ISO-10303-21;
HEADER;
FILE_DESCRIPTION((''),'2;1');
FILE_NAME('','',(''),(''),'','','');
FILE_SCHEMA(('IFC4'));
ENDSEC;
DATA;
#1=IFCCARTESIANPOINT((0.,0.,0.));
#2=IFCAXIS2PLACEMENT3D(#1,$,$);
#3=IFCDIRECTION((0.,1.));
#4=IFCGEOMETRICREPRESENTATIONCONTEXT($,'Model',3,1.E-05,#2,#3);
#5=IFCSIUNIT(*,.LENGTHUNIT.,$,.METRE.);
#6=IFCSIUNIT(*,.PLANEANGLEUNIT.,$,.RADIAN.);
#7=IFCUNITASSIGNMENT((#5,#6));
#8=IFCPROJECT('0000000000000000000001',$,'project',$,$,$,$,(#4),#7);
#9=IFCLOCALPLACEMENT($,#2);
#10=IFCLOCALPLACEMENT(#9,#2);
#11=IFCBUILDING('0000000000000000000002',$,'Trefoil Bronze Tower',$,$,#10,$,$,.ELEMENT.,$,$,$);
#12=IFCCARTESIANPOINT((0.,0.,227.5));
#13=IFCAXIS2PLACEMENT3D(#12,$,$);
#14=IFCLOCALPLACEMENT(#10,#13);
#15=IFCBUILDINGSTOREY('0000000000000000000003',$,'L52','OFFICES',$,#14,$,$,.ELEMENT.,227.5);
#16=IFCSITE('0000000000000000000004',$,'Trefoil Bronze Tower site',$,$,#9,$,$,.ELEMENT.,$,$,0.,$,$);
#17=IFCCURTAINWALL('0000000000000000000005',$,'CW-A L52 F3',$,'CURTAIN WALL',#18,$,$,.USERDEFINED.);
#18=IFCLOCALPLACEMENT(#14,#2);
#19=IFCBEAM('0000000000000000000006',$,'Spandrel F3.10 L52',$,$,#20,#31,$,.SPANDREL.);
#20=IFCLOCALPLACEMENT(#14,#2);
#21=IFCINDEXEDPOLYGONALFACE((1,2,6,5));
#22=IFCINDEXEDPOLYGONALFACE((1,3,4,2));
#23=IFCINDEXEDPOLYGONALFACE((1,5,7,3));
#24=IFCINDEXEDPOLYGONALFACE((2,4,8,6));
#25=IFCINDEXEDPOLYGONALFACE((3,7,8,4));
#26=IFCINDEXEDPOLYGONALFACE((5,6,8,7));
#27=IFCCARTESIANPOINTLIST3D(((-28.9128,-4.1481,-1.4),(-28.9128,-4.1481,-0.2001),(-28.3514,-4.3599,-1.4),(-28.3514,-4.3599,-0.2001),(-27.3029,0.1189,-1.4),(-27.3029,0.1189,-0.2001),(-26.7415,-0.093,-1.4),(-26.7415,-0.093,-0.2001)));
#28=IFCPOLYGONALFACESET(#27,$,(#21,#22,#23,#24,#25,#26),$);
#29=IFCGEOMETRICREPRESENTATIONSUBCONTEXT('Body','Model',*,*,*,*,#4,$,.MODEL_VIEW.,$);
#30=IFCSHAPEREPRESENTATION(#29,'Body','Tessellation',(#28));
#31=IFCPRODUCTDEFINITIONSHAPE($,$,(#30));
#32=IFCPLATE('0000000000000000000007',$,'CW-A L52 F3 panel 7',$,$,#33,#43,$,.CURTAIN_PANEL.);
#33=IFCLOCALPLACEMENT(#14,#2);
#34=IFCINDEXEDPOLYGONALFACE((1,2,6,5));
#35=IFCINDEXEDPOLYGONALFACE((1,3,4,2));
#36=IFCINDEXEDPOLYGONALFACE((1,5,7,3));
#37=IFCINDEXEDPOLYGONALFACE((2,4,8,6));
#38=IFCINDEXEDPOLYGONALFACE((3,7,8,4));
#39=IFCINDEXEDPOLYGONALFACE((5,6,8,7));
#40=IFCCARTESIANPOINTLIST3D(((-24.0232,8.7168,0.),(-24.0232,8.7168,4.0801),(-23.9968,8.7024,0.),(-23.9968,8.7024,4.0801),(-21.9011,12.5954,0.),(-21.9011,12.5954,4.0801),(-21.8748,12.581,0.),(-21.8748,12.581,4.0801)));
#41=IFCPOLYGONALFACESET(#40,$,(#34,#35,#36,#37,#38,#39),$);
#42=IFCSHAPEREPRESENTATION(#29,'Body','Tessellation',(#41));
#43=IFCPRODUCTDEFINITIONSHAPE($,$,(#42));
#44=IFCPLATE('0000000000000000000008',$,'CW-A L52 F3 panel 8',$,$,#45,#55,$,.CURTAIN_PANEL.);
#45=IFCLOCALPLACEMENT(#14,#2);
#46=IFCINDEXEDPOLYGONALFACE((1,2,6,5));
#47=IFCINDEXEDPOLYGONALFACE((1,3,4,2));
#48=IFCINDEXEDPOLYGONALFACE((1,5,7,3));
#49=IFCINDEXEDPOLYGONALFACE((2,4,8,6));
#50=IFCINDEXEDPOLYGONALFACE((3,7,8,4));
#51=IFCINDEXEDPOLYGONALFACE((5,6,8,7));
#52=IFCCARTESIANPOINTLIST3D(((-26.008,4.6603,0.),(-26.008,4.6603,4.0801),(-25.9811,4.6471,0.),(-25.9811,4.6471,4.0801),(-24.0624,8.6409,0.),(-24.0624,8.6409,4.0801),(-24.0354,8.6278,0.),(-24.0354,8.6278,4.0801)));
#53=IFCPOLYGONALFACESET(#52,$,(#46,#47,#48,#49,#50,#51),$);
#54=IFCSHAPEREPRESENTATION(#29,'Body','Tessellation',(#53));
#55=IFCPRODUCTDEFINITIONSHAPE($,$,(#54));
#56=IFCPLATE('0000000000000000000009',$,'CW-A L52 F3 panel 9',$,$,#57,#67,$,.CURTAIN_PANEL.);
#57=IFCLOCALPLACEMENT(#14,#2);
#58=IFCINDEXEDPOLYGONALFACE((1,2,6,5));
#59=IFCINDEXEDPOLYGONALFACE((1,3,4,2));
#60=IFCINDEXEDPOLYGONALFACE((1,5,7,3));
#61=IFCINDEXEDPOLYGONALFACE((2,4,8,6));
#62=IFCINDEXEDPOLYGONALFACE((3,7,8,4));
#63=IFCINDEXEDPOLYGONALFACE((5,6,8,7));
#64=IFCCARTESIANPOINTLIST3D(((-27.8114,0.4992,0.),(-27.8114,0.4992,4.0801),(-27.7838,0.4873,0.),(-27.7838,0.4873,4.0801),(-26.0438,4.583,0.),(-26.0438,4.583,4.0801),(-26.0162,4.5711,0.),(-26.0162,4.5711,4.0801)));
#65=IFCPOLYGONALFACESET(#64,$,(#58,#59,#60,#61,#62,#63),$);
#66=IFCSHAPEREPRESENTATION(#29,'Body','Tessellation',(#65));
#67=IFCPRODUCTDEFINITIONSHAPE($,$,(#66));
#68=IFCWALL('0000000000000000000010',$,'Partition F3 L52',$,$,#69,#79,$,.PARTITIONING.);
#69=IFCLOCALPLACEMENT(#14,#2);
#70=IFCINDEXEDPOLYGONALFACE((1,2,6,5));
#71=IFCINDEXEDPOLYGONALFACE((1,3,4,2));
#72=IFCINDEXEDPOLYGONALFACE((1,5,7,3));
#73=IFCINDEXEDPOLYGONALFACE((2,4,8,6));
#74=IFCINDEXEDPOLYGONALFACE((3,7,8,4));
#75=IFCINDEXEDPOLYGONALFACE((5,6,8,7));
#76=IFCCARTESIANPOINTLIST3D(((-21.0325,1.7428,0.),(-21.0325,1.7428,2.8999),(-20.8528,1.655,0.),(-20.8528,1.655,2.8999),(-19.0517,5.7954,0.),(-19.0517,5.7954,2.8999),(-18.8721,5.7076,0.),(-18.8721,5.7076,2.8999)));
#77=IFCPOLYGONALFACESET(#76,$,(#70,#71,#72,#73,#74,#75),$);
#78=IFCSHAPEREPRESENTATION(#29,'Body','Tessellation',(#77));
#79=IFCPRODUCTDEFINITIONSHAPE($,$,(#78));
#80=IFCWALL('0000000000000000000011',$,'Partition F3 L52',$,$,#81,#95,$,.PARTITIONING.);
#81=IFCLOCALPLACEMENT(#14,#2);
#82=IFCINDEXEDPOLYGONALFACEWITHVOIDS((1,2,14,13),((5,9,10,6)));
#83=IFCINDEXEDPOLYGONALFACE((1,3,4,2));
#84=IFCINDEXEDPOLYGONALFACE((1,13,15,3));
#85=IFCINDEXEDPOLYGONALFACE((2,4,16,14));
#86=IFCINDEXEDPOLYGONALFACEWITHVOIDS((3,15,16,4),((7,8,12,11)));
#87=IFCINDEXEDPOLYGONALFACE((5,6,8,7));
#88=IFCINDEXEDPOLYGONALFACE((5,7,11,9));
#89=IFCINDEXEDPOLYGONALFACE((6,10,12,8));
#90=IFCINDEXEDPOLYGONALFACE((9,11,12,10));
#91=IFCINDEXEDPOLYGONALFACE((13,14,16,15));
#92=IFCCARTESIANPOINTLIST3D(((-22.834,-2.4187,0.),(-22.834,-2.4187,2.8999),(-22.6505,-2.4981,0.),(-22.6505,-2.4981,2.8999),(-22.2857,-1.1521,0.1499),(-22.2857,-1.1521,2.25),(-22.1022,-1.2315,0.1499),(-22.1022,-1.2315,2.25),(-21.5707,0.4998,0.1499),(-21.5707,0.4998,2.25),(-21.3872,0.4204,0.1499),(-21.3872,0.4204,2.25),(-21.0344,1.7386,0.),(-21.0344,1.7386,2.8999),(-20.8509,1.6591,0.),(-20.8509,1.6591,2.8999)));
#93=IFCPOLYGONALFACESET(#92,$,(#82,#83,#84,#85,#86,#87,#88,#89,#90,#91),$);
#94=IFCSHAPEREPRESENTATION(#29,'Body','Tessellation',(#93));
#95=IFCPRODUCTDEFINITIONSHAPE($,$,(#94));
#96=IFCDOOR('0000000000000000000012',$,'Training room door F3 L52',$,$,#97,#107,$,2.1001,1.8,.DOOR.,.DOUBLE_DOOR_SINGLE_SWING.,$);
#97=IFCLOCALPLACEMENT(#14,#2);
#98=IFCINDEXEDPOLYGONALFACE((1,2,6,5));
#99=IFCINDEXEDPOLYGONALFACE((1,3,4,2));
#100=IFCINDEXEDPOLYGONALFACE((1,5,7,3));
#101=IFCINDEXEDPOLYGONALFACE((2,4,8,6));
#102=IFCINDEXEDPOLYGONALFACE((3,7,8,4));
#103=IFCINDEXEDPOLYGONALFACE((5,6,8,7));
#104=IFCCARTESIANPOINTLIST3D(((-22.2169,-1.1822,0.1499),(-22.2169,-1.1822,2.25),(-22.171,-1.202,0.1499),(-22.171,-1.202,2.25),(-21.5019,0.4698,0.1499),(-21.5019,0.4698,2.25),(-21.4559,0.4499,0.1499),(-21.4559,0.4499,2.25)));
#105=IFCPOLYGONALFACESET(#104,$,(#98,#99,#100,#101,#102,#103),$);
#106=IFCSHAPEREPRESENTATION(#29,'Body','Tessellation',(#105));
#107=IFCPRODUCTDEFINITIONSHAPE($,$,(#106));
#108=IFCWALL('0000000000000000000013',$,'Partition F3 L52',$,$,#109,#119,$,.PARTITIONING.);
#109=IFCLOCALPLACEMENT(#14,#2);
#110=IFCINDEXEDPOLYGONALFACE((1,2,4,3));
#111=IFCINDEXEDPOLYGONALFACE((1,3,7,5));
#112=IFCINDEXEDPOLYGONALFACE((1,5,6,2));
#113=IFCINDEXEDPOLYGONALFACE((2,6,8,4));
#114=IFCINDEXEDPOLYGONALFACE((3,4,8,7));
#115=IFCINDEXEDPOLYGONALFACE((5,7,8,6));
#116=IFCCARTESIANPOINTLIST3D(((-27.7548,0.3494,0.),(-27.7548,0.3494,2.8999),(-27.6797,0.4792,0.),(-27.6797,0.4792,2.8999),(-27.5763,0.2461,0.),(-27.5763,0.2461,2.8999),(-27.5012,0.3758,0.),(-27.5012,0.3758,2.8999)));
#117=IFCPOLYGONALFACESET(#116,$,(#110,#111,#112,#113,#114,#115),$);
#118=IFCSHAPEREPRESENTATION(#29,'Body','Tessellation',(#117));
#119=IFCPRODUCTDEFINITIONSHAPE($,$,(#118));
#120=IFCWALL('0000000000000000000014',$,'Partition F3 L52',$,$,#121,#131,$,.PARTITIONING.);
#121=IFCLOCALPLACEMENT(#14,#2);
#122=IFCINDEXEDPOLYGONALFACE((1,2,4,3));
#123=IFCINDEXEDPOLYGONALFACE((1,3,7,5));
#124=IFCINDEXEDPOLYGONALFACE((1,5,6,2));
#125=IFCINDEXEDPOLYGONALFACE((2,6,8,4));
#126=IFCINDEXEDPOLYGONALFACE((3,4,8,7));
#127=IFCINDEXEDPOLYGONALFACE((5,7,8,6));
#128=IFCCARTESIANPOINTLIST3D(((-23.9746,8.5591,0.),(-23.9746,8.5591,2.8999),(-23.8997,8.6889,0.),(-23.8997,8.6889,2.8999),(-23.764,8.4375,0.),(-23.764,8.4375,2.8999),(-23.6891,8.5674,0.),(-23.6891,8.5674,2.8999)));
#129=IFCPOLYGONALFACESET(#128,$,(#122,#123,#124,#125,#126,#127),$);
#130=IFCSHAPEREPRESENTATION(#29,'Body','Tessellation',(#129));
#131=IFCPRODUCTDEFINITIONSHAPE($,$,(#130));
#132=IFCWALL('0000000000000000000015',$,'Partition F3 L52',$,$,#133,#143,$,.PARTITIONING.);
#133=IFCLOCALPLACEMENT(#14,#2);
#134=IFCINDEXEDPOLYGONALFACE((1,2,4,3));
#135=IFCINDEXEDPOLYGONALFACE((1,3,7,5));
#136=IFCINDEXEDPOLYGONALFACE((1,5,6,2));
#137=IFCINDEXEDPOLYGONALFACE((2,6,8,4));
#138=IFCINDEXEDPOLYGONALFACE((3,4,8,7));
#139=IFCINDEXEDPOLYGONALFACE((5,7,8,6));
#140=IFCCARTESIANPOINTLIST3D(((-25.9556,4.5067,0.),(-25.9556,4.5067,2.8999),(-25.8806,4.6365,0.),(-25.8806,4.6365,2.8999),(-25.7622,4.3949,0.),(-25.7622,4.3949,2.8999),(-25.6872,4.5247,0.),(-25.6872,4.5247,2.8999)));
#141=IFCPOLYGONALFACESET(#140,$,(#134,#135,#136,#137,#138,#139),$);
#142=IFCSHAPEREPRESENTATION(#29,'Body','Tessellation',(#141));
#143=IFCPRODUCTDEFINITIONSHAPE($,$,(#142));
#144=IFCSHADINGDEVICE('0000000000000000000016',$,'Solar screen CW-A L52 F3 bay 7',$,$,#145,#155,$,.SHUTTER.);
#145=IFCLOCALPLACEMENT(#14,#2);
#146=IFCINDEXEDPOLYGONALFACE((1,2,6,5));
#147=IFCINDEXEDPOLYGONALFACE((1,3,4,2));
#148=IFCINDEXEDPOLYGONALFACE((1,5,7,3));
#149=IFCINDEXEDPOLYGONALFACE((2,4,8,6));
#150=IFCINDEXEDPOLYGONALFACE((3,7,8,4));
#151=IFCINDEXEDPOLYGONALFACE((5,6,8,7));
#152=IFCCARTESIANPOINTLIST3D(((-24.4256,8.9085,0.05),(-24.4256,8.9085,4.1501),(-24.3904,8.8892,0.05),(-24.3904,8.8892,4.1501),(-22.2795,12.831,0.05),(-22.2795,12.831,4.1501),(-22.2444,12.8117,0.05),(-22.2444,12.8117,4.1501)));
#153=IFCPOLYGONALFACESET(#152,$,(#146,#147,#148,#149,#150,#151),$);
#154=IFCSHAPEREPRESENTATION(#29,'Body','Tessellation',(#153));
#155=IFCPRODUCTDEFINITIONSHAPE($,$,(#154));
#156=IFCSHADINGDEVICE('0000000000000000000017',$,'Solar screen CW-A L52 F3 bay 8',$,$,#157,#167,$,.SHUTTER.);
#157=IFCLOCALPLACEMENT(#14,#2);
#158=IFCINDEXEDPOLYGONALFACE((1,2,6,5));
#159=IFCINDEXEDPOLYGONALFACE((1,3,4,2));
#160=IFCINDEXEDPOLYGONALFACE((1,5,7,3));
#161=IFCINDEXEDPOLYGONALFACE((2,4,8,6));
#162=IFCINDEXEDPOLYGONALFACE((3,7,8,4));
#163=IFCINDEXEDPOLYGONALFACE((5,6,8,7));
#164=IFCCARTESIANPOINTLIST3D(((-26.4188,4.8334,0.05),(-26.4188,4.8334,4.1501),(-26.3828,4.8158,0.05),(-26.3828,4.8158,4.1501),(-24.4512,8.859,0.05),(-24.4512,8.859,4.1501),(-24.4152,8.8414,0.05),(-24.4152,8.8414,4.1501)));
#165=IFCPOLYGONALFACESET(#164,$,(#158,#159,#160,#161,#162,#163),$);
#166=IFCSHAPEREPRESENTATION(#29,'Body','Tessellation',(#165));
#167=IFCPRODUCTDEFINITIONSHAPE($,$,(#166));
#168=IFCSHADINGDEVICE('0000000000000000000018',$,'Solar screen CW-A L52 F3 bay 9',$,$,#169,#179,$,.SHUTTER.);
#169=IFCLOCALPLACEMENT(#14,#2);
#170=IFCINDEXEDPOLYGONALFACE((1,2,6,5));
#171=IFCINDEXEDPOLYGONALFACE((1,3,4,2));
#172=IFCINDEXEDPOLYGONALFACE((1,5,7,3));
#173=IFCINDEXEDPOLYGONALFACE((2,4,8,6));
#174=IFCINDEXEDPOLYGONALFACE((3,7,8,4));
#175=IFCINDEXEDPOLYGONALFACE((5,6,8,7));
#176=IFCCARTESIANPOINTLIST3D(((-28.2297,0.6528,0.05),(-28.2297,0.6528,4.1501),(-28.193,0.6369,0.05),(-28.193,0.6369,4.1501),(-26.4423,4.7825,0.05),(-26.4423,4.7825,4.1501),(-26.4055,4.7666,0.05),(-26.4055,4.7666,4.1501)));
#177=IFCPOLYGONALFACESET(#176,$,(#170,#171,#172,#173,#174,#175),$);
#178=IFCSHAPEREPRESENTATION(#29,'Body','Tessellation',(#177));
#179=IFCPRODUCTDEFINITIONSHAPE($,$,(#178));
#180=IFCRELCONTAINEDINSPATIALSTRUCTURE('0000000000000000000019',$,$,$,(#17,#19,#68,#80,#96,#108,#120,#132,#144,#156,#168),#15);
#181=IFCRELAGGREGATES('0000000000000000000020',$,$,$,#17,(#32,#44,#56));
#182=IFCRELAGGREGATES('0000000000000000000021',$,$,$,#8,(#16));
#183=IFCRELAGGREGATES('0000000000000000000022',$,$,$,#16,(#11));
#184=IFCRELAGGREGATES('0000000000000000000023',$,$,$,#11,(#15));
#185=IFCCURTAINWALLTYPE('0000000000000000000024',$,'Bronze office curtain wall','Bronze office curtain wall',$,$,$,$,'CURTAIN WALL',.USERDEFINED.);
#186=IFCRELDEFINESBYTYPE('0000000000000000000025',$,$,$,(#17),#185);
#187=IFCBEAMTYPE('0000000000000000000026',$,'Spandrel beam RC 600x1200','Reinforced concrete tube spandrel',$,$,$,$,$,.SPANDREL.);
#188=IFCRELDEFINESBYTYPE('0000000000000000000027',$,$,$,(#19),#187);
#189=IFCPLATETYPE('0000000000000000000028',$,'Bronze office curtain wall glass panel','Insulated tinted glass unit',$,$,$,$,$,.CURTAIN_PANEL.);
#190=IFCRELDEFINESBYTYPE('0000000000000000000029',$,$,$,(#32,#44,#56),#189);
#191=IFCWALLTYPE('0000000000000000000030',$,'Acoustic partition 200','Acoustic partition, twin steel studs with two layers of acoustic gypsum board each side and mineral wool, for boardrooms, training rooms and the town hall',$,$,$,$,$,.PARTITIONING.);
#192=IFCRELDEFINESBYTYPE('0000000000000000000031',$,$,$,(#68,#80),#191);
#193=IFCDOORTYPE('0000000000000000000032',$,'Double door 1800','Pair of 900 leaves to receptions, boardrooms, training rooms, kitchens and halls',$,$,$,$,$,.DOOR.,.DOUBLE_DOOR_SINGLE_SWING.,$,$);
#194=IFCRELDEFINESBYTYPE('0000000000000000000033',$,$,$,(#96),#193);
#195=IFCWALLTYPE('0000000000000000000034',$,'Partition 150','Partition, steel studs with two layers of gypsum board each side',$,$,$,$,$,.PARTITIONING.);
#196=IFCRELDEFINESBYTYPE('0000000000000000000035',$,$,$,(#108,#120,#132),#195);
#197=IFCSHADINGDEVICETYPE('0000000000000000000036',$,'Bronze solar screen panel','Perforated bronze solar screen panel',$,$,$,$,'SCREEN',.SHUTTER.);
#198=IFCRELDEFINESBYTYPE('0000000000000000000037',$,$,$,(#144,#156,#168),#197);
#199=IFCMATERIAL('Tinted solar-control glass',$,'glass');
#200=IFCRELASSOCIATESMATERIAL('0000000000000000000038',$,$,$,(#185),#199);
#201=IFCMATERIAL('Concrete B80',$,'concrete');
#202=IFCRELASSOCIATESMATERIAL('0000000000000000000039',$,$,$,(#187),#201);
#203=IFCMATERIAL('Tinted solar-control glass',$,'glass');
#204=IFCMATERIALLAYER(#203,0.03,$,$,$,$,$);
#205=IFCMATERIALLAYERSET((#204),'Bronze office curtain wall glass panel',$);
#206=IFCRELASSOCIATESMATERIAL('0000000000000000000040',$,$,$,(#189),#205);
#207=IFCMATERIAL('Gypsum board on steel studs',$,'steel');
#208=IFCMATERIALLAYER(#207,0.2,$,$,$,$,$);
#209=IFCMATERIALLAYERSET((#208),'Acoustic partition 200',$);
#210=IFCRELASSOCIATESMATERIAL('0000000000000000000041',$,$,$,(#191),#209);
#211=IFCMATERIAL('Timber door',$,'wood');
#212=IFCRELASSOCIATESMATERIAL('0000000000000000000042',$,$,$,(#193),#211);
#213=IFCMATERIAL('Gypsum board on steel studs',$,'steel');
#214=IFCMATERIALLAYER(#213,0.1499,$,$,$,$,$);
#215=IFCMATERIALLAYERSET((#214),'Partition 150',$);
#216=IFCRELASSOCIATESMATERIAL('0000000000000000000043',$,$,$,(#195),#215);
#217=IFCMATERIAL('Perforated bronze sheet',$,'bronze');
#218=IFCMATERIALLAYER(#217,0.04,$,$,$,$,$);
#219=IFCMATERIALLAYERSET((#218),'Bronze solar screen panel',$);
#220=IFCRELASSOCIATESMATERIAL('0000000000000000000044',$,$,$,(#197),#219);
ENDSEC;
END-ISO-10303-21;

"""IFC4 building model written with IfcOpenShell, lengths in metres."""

from ifc_helpers import new_model, si_unit, direction, frame, frame_2d, origin, origin_2d, place, context, subcontext, project, spatial, rectangle, extrude, material, layer, layer_set, material_profile, profile_set, type_object, element, fill, aggregate, save


model = new_model("IFC4")

# Units and contexts
model_context = context("Model", 3, precision=1e-05, world=origin(), true_north=direction((0.0, 1.0)))
body_context = subcontext(model_context, "Body", "Model", "MODEL_VIEW")
ifc_project = project(units=[si_unit("LENGTHUNIT", "METRE"), si_unit("PLANEANGLEUNIT", "RADIAN")], contexts=[model_context])

# Site, building, storey
site_placement = place(None, origin())
site = spatial("IfcSite", under=ifc_project, at=site_placement, Name="Trefoil Bronze Tower site", CompositionType="ELEMENT", RefElevation=0.0)
building_placement = place(site_placement, origin())
building = spatial("IfcBuilding", under=site, at=building_placement, Name="Trefoil Bronze Tower", CompositionType="ELEMENT")
storey_placement = place(building_placement, frame((0.0, 0.0, 227.5)))
storey = spatial("IfcBuildingStorey", under=building, at=storey_placement, Name="L52", Description="OFFICES", CompositionType="ELEMENT", Elevation=227.5)

# Curtain wall
ifc_material_1 = material(Name="Tinted solar-control glass", Category="glass")
curtain_wall_type = type_object("IfcCurtainWallType", Name="Bronze office curtain wall", Description="Bronze office curtain wall", ElementType="CURTAIN WALL", PredefinedType="USERDEFINED", material=ifc_material_1)
curtain_wall_placement = place(storey_placement, origin())
curtain_wall = element("IfcCurtainWall", 1, at=curtain_wall_placement, inside=storey, type_object=curtain_wall_type, Name="CW-A L52 F3", ObjectType="CURTAIN WALL", PredefinedType="USERDEFINED")

# Beam
ifc_material_2 = material(Name="Concrete B80", Category="concrete")
ifc_material_profile_1 = material_profile(ifc_material_2, rectangle(XDim=0.6001, YDim=1.2, at=origin_2d()), Name="RC 600x1200")
ifc_profile_set_1 = profile_set([ifc_material_profile_1], Name="Concrete B80")
beam_type_1 = type_object("IfcBeamType", Name="Spandrel beam RC 600x1200", Description="Reinforced concrete tube spandrel", PredefinedType="SPANDREL", material=ifc_profile_set_1)
beam_1_placement = place(storey_placement, frame((-27.0222, 0.0129, -0.8), z_axis=(-0.353006, -0.935621, 0.0), x_axis=(0.935621, -0.353006, 0.0)))
element("IfcBeam", 2, at=beam_1_placement, inside=storey, type_object=beam_type_1, Name="Spandrel F3.10 L52", PredefinedType="SPANDREL", context=body_context, shape_type="SweptSolid", body=[
    extrude(rectangle(XDim=0.6001, YDim=1.2, at=origin_2d()), origin(), (0.0, 0.0, 1.0), 4.5605),
])

# Plates
ifc_material_3 = material(Name="Tinted solar-control glass", Category="glass")
ifc_layer_1 = layer(ifc_material_3, 0.03)
ifc_layer_set_1 = layer_set([ifc_layer_1], Name="Bronze office curtain wall glass panel")
plate_type = type_object("IfcPlateType", Name="Bronze office curtain wall glass panel", Description="Insulated tinted glass unit", PredefinedType="CURTAIN_PANEL", material=ifc_layer_set_1)
plate_1_placement = place(storey_placement, frame((-22.949, 10.6489, 0.0), z_axis=(0.0, 0.0, 1.0), x_axis=(-0.479974, -0.877283, 0.0)))
plate_1 = element("IfcPlate", 3, at=plate_1_placement, type_object=plate_type, Name="CW-A L52 F3 panel 7", PredefinedType="CURTAIN_PANEL", context=body_context, shape_type="SweptSolid", body=[
    extrude(rectangle(XDim=4.4211, YDim=0.03, at=origin_2d()), origin(), (0.0, 0.0, 1.0), 4.0801),
])
plate_2_placement = place(storey_placement, frame((-25.0217, 6.644, 0.0), z_axis=(0.0, 0.0, 1.0), x_axis=(-0.439129, -0.898424, 0.0)))
plate_2 = element("IfcPlate", 4, at=plate_2_placement, type_object=plate_type, Name="CW-A L52 F3 panel 8", PredefinedType="CURTAIN_PANEL", context=body_context, shape_type="SweptSolid", body=[
    extrude(rectangle(XDim=4.4307, YDim=0.03, at=origin_2d()), origin(), (0.0, 0.0, 1.0), 4.0801),
])
plate_3_placement = place(storey_placement, frame((-26.9138, 2.5352, 0.0), z_axis=(0.0, 0.0, 1.0), x_axis=(-0.39722, -0.917723, 0.0)))
plate_3 = element("IfcPlate", 5, at=plate_3_placement, type_object=plate_type, Name="CW-A L52 F3 panel 9", PredefinedType="CURTAIN_PANEL", context=body_context, shape_type="SweptSolid", body=[
    extrude(rectangle(XDim=4.45, YDim=0.03, at=origin_2d()), origin(), (0.0, 0.0, 1.0), 4.0801),
])
aggregate(curtain_wall, [plate_1, plate_2, plate_3])

# Wall
ifc_material_4 = material(Name="Gypsum board on steel studs", Category="steel")
ifc_layer_2 = layer(ifc_material_4, 0.2)
ifc_layer_set_2 = layer_set([ifc_layer_2], Name="Acoustic partition 200")
wall_type_1 = type_object("IfcWallType", Name="Acoustic partition 200", Description="Acoustic partition, twin steel studs with two layers of acoustic gypsum board each side and mineral wool, for boardrooms, training rooms and the town hall", PredefinedType="PARTITIONING", material=ifc_layer_set_2)
wall_1_placement = place(storey_placement, frame((-18.9619, 5.7515, 0.0), z_axis=(0.0, 0.0, 1.0), x_axis=(-0.43912, -0.898428, 0.0)))
element("IfcWall", 6, at=wall_1_placement, inside=storey, type_object=wall_type_1, Name="Partition F3 L52", PredefinedType="PARTITIONING", context=body_context, shape_type="SweptSolid", body=[
    extrude(rectangle(XDim=4.5107, YDim=0.2, at=frame_2d((2.2554, 0.0))), origin(), (0.0, 0.0, 1.0), 2.8999),
])

# Wall, opening, door
wall_2_placement = place(storey_placement, frame((-20.9426, 1.699, 0.0), z_axis=(0.0, 0.0, 1.0), x_axis=(-0.397253, -0.917709, 0.0)))
wall_2 = element("IfcWall", 7, at=wall_2_placement, inside=storey, type_object=wall_type_1, Name="Partition F3 L52", PredefinedType="PARTITIONING", context=body_context, shape_type="SweptSolid", body=[
    extrude(rectangle(XDim=4.53, YDim=0.2, at=frame_2d((2.2651, 0.0))), origin(), (0.0, 0.0, 1.0), 2.8999),
])
opening_placement = place(wall_2_placement, frame((1.3501, 0.0, 0.1499)))
opening = element("IfcOpeningElement", 8, at=opening_placement, cuts=wall_2, PredefinedType="OPENING", context=body_context, shape_type="SweptSolid", body=[
    extrude(rectangle(XDim=1.8, YDim=2.1001, at=frame_2d((0.8999, 1.05))), frame((0.0, 0.1099, 0.0), z_axis=(0.0, -1.0, 0.0), x_axis=(1.0, 0.0, 0.0)), (0.0, 0.0, 1.0), 0.22),
])
ifc_material_5 = material(Name="Timber door", Category="wood")
door_type = type_object("IfcDoorType", Name="Double door 1800", Description="Pair of 900 leaves to receptions, boardrooms, training rooms, kitchens and halls", OperationType="DOUBLE_DOOR_SINGLE_SWING", PredefinedType="DOOR", material=ifc_material_5)
door_placement = place(opening_placement, frame((1.8, 0.0, 0.0), z_axis=(0.0, 0.0, 1.0), x_axis=(-1.0, 0.0, 0.0)))
door = element("IfcDoor", 9, at=door_placement, inside=storey, type_object=door_type, Name="Training room door F3 L52", OperationType="DOUBLE_DOOR_SINGLE_SWING", OverallHeight=2.1001, OverallWidth=1.8, PredefinedType="DOOR", context=body_context, shape_type="SweptSolid", body=[
    extrude(rectangle(XDim=1.8, YDim=2.1001, at=frame_2d((0.8999, 1.05))), frame((0.0, 0.0249, 0.0), z_axis=(0.0, -1.0, 0.0), x_axis=(1.0, 0.0, 0.0)), (0.0, 0.0, 1.0), 0.05),
])
fill(opening, door)

# Walls
ifc_material_6 = material(Name="Gypsum board on steel studs", Category="steel")
ifc_layer_3 = layer(ifc_material_6, 0.1499)
ifc_layer_set_3 = layer_set([ifc_layer_3], Name="Partition 150")
wall_type_2 = type_object("IfcWallType", Name="Partition 150", Description="Partition, steel studs with two layers of gypsum board each side", PredefinedType="PARTITIONING", material=ifc_layer_set_3)
wall_3_placement = place(storey_placement, frame((-27.5388, 0.311, 0.0), z_axis=(0.0, 0.0, 1.0), x_axis=(-0.865534, 0.50085, 0.0)))
element("IfcWall", 10, at=wall_3_placement, inside=storey, type_object=wall_type_2, Name="Partition F3 L52", PredefinedType="PARTITIONING", context=body_context, shape_type="SweptSolid", body=[
    extrude(rectangle(XDim=0.2063, YDim=0.1499, at=frame_2d((0.103, 0.0))), origin(), (0.0, 0.0, 1.0), 2.8999),
])
wall_4_placement = place(storey_placement, frame((-23.7266, 8.5024, 0.0), z_axis=(0.0, 0.0, 1.0), x_axis=(-0.866135, 0.499809, 0.0)))
element("IfcWall", 11, at=wall_4_placement, inside=storey, type_object=wall_type_2, Name="Partition F3 L52", PredefinedType="PARTITIONING", context=body_context, shape_type="SweptSolid", body=[
    extrude(rectangle(XDim=0.2432, YDim=0.1499, at=frame_2d((0.1216, 0.0))), origin(), (0.0, 0.0, 1.0), 2.8999),
])
wall_5_placement = place(storey_placement, frame((-25.7246, 4.4597, 0.0), z_axis=(0.0, 0.0, 1.0), x_axis=(-0.865676, 0.500605, 0.0)))
element("IfcWall", 12, at=wall_5_placement, inside=storey, type_object=wall_type_2, Name="Partition F3 L52", PredefinedType="PARTITIONING", context=body_context, shape_type="SweptSolid", body=[
    extrude(rectangle(XDim=0.2234, YDim=0.1499, at=frame_2d((0.1118, 0.0))), origin(), (0.0, 0.0, 1.0), 2.8999),
])

# Shading devices
ifc_material_7 = material(Name="Perforated bronze sheet", Category="bronze")
ifc_layer_4 = layer(ifc_material_7, 0.04)
ifc_layer_set_4 = layer_set([ifc_layer_4], Name="Bronze solar screen panel")
shading_device_type = type_object("IfcShadingDeviceType", Name="Bronze solar screen panel", Description="Perforated bronze solar screen panel", ElementType="SCREEN", PredefinedType="SHUTTER", material=ifc_layer_set_4)
shading_device_1_placement = place(storey_placement, frame((-23.335, 10.8601, 0.05), z_axis=(0.0, 0.0, 1.0), x_axis=(-0.479974, -0.877283, 0.0)))
element("IfcShadingDevice", 13, at=shading_device_1_placement, inside=storey, type_object=shading_device_type, Name="Solar screen CW-A L52 F3 bay 7", PredefinedType="SHUTTER", context=body_context, shape_type="SweptSolid", body=[
    extrude(rectangle(XDim=4.4712, YDim=0.04, at=origin_2d()), origin(), (0.0, 0.0, 1.0), 4.1001),
])
shading_device_2_placement = place(storey_placement, frame((-25.417, 6.8374, 0.05), z_axis=(0.0, 0.0, 1.0), x_axis=(-0.439129, -0.898424, 0.0)))
element("IfcShadingDevice", 14, at=shading_device_2_placement, inside=storey, type_object=shading_device_type, Name="Solar screen CW-A L52 F3 bay 8", PredefinedType="SHUTTER", context=body_context, shape_type="SweptSolid", body=[
    extrude(rectangle(XDim=4.4807, YDim=0.04, at=origin_2d()), origin(), (0.0, 0.0, 1.0), 4.1001),
])
shading_device_3_placement = place(storey_placement, frame((-27.3176, 2.7097, 0.05), z_axis=(0.0, 0.0, 1.0), x_axis=(-0.39722, -0.917723, 0.0)))
element("IfcShadingDevice", 15, at=shading_device_3_placement, inside=storey, type_object=shading_device_type, Name="Solar screen CW-A L52 F3 bay 9", PredefinedType="SHUTTER", context=body_context, shape_type="SweptSolid", body=[
    extrude(rectangle(XDim=4.5, YDim=0.04, at=origin_2d()), origin(), (0.0, 0.0, 1.0), 4.1001),
])

save(model, "model.ifc")
